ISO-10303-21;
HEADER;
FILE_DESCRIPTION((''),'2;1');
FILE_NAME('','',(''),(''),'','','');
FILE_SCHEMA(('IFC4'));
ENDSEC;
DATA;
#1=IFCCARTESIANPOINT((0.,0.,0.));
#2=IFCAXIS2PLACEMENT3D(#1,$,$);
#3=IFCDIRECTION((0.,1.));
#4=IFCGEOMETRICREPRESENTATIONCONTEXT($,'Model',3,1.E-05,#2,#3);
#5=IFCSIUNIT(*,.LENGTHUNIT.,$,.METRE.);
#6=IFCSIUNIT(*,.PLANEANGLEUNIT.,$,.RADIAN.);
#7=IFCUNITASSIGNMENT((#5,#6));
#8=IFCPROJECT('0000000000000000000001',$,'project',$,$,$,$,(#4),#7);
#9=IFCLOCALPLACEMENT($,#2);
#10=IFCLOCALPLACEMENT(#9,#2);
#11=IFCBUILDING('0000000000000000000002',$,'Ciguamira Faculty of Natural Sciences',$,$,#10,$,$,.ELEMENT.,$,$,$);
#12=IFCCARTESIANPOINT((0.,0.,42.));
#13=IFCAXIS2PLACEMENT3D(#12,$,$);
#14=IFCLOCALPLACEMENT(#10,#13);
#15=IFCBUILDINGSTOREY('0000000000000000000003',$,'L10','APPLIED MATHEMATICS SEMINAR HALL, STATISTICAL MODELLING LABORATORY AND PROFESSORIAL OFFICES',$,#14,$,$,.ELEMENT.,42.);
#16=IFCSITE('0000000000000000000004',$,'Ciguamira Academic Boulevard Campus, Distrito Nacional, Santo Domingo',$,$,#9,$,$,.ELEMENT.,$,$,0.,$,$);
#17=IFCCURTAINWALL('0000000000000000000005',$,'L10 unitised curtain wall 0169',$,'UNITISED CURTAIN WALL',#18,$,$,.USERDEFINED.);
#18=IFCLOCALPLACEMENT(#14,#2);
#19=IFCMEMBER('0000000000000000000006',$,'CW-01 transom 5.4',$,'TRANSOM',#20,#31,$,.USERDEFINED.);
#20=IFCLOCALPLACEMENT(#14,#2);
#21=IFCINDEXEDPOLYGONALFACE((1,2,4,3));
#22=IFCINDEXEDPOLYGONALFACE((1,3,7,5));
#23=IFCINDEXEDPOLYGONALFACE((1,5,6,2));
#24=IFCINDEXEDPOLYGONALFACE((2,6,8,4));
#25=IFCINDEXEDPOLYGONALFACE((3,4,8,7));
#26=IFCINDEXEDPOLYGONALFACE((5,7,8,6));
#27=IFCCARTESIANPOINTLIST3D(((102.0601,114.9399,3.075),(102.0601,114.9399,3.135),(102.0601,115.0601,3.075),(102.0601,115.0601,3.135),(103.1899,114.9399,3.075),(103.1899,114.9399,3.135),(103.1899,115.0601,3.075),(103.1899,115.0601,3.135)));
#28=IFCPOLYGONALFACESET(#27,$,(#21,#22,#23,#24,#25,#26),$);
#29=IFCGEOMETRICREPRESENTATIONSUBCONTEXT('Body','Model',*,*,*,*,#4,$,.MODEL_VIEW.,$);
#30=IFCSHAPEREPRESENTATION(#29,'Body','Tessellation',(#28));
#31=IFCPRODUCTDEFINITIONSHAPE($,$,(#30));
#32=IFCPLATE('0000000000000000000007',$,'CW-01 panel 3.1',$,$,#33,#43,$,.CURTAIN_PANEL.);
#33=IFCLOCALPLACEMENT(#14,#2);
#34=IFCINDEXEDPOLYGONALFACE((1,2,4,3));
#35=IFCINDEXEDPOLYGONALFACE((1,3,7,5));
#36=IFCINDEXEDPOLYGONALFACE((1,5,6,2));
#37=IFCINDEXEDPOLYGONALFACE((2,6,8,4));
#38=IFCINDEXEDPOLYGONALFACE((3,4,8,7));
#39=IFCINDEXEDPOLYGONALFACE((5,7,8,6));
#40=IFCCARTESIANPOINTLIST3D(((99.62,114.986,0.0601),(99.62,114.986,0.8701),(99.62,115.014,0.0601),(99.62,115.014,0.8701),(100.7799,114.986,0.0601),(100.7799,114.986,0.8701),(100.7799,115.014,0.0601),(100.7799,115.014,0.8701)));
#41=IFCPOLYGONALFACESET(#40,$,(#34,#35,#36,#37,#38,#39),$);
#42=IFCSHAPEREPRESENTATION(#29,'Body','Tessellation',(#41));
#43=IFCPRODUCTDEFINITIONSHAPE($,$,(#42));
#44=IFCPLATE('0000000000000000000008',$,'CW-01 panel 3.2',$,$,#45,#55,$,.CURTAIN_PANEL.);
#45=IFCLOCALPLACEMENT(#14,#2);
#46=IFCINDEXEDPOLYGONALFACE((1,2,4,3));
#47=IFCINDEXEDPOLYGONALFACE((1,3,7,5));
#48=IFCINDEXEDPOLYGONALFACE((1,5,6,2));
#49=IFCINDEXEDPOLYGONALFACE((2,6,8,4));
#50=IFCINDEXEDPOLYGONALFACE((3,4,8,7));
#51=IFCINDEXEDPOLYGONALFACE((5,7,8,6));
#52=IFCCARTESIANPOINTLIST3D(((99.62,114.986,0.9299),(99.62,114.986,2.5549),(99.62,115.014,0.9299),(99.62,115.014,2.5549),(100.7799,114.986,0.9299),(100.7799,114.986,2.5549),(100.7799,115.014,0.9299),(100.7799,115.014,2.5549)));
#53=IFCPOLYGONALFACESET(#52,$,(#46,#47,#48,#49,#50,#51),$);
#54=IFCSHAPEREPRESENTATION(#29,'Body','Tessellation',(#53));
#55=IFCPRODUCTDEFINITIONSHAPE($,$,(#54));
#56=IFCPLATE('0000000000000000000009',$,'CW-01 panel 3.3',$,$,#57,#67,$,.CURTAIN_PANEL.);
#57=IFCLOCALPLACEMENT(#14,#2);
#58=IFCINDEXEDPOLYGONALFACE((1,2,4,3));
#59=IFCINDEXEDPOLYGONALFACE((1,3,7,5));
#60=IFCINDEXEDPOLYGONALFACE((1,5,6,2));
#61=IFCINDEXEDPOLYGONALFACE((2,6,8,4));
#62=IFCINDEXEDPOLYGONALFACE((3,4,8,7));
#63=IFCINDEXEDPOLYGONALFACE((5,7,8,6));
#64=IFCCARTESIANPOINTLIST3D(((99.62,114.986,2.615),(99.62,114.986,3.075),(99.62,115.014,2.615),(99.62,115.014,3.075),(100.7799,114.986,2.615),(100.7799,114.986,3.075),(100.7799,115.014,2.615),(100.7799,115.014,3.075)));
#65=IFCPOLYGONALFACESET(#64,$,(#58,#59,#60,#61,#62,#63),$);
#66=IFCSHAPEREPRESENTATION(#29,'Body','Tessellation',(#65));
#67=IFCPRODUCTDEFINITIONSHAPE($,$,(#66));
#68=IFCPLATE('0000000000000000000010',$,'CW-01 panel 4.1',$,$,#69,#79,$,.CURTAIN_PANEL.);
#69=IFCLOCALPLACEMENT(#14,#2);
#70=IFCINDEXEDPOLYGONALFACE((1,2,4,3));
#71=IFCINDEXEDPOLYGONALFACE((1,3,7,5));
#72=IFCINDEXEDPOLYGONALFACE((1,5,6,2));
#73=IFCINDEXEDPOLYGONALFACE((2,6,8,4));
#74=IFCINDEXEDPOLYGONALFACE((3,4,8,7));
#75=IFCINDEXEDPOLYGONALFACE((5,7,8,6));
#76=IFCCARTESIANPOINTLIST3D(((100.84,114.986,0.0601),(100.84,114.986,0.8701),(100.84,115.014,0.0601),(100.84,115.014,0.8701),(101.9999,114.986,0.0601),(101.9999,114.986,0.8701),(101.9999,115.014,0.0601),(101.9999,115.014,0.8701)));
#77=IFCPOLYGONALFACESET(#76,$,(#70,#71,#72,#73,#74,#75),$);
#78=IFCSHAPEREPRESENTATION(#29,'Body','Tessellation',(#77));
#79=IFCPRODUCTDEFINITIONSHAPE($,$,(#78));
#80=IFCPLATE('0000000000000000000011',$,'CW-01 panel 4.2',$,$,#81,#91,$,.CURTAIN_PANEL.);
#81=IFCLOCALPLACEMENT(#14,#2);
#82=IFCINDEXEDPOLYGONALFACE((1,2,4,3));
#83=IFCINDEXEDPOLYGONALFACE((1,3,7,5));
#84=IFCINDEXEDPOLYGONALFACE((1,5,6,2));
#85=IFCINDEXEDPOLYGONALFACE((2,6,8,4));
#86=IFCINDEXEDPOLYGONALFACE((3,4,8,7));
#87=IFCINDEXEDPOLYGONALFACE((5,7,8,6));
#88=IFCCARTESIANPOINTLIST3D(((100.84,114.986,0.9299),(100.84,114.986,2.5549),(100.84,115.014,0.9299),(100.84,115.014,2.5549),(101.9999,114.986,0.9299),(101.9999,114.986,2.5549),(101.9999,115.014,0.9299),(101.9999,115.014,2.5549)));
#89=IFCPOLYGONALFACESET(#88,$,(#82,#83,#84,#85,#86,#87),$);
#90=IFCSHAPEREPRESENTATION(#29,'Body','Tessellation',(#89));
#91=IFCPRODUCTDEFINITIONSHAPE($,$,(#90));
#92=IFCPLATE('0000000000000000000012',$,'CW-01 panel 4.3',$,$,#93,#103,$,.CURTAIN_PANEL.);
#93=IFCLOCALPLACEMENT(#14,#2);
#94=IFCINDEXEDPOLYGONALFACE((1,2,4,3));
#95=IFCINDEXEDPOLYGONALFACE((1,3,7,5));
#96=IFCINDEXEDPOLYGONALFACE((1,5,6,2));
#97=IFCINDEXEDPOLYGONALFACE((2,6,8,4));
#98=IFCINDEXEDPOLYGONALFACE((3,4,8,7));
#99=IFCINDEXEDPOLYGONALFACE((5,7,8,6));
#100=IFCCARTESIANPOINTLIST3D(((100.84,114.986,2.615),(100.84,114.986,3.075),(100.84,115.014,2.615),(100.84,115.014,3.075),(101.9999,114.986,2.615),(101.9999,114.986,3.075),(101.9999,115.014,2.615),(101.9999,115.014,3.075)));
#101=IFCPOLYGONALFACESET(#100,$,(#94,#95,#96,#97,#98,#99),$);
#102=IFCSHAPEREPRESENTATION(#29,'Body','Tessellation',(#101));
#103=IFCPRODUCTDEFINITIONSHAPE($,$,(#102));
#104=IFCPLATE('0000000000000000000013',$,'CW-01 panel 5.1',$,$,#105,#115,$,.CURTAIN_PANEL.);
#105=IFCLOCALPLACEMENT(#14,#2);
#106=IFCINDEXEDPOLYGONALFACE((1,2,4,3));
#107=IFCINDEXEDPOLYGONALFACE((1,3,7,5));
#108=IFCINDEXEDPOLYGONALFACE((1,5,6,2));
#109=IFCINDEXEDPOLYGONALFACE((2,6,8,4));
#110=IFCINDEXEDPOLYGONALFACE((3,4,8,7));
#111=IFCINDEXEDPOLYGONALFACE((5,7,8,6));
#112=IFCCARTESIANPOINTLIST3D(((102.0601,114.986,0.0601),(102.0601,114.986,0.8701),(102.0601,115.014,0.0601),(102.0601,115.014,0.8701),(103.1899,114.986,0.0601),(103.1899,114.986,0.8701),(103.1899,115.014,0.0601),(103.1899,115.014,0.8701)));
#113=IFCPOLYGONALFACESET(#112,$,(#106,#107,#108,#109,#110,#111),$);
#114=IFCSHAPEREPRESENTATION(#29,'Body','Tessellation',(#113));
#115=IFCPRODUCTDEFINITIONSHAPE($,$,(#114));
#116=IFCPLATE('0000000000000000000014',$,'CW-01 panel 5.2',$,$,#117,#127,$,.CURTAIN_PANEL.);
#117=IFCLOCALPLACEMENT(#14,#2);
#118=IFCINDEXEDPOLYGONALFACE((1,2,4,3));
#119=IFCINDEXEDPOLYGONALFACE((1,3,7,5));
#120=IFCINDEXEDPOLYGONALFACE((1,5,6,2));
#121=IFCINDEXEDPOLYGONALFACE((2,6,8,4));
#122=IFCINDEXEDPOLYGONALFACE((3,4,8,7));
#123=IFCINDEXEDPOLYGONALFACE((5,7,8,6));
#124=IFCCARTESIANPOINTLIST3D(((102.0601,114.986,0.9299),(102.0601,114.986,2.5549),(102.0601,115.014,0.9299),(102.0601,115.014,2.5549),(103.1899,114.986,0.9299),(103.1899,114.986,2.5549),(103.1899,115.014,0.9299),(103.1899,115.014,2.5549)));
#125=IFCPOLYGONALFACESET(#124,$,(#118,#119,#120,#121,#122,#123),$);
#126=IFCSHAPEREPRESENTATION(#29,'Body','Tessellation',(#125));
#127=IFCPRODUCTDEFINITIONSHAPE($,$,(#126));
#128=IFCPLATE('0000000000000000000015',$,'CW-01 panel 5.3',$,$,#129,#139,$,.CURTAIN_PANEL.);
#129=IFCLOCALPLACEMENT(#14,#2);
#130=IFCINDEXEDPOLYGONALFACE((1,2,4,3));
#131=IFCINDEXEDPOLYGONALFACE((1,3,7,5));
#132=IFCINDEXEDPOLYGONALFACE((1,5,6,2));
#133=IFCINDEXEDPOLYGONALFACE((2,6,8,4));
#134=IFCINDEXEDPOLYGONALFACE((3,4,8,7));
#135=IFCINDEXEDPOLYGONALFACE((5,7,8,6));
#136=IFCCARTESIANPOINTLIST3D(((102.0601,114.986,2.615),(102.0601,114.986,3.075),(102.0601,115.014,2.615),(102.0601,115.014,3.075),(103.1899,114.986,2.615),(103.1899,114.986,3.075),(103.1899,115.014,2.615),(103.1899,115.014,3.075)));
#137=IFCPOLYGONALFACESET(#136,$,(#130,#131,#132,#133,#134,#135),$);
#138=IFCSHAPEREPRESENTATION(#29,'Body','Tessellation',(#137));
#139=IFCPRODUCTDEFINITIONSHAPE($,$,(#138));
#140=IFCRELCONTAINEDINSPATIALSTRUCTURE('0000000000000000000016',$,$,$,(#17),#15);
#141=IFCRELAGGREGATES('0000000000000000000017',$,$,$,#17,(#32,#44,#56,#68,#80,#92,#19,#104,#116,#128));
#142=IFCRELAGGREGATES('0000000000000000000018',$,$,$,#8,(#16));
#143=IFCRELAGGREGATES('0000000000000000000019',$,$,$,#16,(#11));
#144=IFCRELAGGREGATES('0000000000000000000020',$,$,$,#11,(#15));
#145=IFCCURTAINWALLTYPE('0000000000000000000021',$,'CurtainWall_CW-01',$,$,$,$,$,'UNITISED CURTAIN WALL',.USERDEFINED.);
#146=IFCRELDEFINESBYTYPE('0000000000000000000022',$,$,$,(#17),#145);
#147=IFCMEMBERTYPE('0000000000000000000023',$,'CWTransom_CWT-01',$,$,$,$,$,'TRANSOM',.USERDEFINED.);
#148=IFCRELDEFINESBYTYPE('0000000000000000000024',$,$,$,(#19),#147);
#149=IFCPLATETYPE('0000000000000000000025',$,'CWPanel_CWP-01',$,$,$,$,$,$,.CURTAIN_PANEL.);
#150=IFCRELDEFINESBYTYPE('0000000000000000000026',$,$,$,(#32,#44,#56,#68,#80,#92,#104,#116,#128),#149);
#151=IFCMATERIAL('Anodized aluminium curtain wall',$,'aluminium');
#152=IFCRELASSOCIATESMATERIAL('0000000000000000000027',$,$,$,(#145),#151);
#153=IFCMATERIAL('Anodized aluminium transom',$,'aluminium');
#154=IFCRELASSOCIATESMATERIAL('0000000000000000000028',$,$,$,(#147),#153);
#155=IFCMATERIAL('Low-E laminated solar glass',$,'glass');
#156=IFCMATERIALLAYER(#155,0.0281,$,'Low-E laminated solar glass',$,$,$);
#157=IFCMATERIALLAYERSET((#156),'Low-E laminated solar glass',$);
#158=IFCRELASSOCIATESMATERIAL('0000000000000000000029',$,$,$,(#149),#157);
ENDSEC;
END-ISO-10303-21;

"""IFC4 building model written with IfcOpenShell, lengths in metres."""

from ifc_helpers import new_model, si_unit, direction, frame, origin, origin_2d, place, context, subcontext, project, spatial, rectangle, extrude, material, layer, layer_set, material_profile, profile_set, type_object, element, aggregate, save


model = new_model("IFC4")

# Units and contexts
model_context = context("Model", 3, precision=1e-05, world=origin(), true_north=direction((0.0, 1.0)))
body_context = subcontext(model_context, "Body", "Model", "MODEL_VIEW")
ifc_project = project(units=[si_unit("LENGTHUNIT", "METRE"), si_unit("PLANEANGLEUNIT", "RADIAN")], contexts=[model_context])

# Site, building, storey
site_placement = place(None, origin())
site = spatial("IfcSite", under=ifc_project, at=site_placement, Name="Ciguamira Academic Boulevard Campus, Distrito Nacional, Santo Domingo", CompositionType="ELEMENT", RefElevation=0.0)
building_placement = place(site_placement, origin())
building = spatial("IfcBuilding", under=site, at=building_placement, Name="Ciguamira Faculty of Natural Sciences", CompositionType="ELEMENT")
storey_placement = place(building_placement, frame((0.0, 0.0, 42.0)))
storey = spatial("IfcBuildingStorey", under=building, at=storey_placement, Name="L10", Description="APPLIED MATHEMATICS SEMINAR HALL, STATISTICAL MODELLING LABORATORY AND PROFESSORIAL OFFICES", CompositionType="ELEMENT", Elevation=42.0)

# Curtain wall, member, plates
ifc_material_1 = material(Name="Anodized aluminium curtain wall", Category="aluminium")
curtain_wall_type = type_object("IfcCurtainWallType", Name="CurtainWall_CW-01", ElementType="UNITISED CURTAIN WALL", PredefinedType="USERDEFINED", material=ifc_material_1)
curtain_wall_placement = place(storey_placement, origin())
curtain_wall = element("IfcCurtainWall", 1, at=curtain_wall_placement, inside=storey, type_object=curtain_wall_type, Name="L10 unitised curtain wall 0169", ObjectType="UNITISED CURTAIN WALL", PredefinedType="USERDEFINED")
ifc_material_2 = material(Name="Anodized aluminium transom", Category="aluminium")
ifc_material_profile_1 = material_profile(ifc_material_2, rectangle(XDim=0.0601, YDim=0.1201, at=origin_2d()), Name="ALU-TRN-60X120")
ifc_profile_set_1 = profile_set([ifc_material_profile_1], Name="Anodized aluminium transom")
member_type_1 = type_object("IfcMemberType", Name="CWTransom_CWT-01", ElementType="TRANSOM", PredefinedType="USERDEFINED", material=ifc_profile_set_1)
member_1_placement = place(storey_placement, frame((102.0601, 115.0, 3.105), z_axis=(1.0, 0.0, 0.0), x_axis=(0.0, 0.0, 1.0)))
member_1 = element("IfcMember", 2, at=member_1_placement, type_object=member_type_1, Name="CW-01 transom 5.4", ObjectType="TRANSOM", PredefinedType="USERDEFINED", context=body_context, shape_type="SweptSolid", body=[
    extrude(rectangle(XDim=0.0601, YDim=0.1201, at=origin_2d()), origin(), (0.0, 0.0, 1.0), 1.1299),
])
ifc_material_3 = material(Name="Low-E laminated solar glass", Category="glass")
ifc_layer = layer(ifc_material_3, 0.0281, Name="Low-E laminated solar glass")
ifc_layer_set = layer_set([ifc_layer], Name="Low-E laminated solar glass")
plate_type = type_object("IfcPlateType", Name="CWPanel_CWP-01", PredefinedType="CURTAIN_PANEL", material=ifc_layer_set)
plate_1_placement = place(storey_placement, frame((100.2, 115.0, 0.0601), z_axis=(0.0, 0.0, 1.0), x_axis=(1.0, 0.0, 0.0)))
plate_1 = element("IfcPlate", 3, at=plate_1_placement, type_object=plate_type, Name="CW-01 panel 3.1", PredefinedType="CURTAIN_PANEL", context=body_context, shape_type="SweptSolid", body=[
    extrude(rectangle(XDim=1.1599, YDim=0.0281, at=origin_2d()), origin(), (0.0, 0.0, 1.0), 0.8101),
])
plate_2_placement = place(storey_placement, frame((100.2, 115.0, 0.9299), z_axis=(0.0, 0.0, 1.0), x_axis=(1.0, 0.0, 0.0)))
plate_2 = element("IfcPlate", 4, at=plate_2_placement, type_object=plate_type, Name="CW-01 panel 3.2", PredefinedType="CURTAIN_PANEL", context=body_context, shape_type="SweptSolid", body=[
    extrude(rectangle(XDim=1.1599, YDim=0.0281, at=origin_2d()), origin(), (0.0, 0.0, 1.0), 1.625),
])
plate_3_placement = place(storey_placement, frame((100.2, 115.0, 2.615), z_axis=(0.0, 0.0, 1.0), x_axis=(1.0, 0.0, 0.0)))
plate_3 = element("IfcPlate", 5, at=plate_3_placement, type_object=plate_type, Name="CW-01 panel 3.3", PredefinedType="CURTAIN_PANEL", context=body_context, shape_type="SweptSolid", body=[
    extrude(rectangle(XDim=1.1599, YDim=0.0281, at=origin_2d()), origin(), (0.0, 0.0, 1.0), 0.46),
])
plate_4_placement = place(storey_placement, frame((101.4199, 115.0, 0.0601), z_axis=(0.0, 0.0, 1.0), x_axis=(1.0, 0.0, 0.0)))
plate_4 = element("IfcPlate", 6, at=plate_4_placement, type_object=plate_type, Name="CW-01 panel 4.1", PredefinedType="CURTAIN_PANEL", context=body_context, shape_type="SweptSolid", body=[
    extrude(rectangle(XDim=1.1599, YDim=0.0281, at=origin_2d()), origin(), (0.0, 0.0, 1.0), 0.8101),
])
plate_5_placement = place(storey_placement, frame((101.4199, 115.0, 0.9299), z_axis=(0.0, 0.0, 1.0), x_axis=(1.0, 0.0, 0.0)))
plate_5 = element("IfcPlate", 7, at=plate_5_placement, type_object=plate_type, Name="CW-01 panel 4.2", PredefinedType="CURTAIN_PANEL", context=body_context, shape_type="SweptSolid", body=[
    extrude(rectangle(XDim=1.1599, YDim=0.0281, at=origin_2d()), origin(), (0.0, 0.0, 1.0), 1.625),
])
plate_6_placement = place(storey_placement, frame((101.4199, 115.0, 2.615), z_axis=(0.0, 0.0, 1.0), x_axis=(1.0, 0.0, 0.0)))
plate_6 = element("IfcPlate", 8, at=plate_6_placement, type_object=plate_type, Name="CW-01 panel 4.3", PredefinedType="CURTAIN_PANEL", context=body_context, shape_type="SweptSolid", body=[
    extrude(rectangle(XDim=1.1599, YDim=0.0281, at=origin_2d()), origin(), (0.0, 0.0, 1.0), 0.46),
])
plate_7_placement = place(storey_placement, frame((102.625, 115.0, 0.0601), z_axis=(0.0, 0.0, 1.0), x_axis=(1.0, 0.0, 0.0)))
plate_7 = element("IfcPlate", 9, at=plate_7_placement, type_object=plate_type, Name="CW-01 panel 5.1", PredefinedType="CURTAIN_PANEL", context=body_context, shape_type="SweptSolid", body=[
    extrude(rectangle(XDim=1.1299, YDim=0.0281, at=origin_2d()), origin(), (0.0, 0.0, 1.0), 0.8101),
])
plate_8_placement = place(storey_placement, frame((102.625, 115.0, 0.9299), z_axis=(0.0, 0.0, 1.0), x_axis=(1.0, 0.0, 0.0)))
plate_8 = element("IfcPlate", 10, at=plate_8_placement, type_object=plate_type, Name="CW-01 panel 5.2", PredefinedType="CURTAIN_PANEL", context=body_context, shape_type="SweptSolid", body=[
    extrude(rectangle(XDim=1.1299, YDim=0.0281, at=origin_2d()), origin(), (0.0, 0.0, 1.0), 1.625),
])
plate_9_placement = place(storey_placement, frame((102.625, 115.0, 2.615), z_axis=(0.0, 0.0, 1.0), x_axis=(1.0, 0.0, 0.0)))
plate_9 = element("IfcPlate", 11, at=plate_9_placement, type_object=plate_type, Name="CW-01 panel 5.3", PredefinedType="CURTAIN_PANEL", context=body_context, shape_type="SweptSolid", body=[
    extrude(rectangle(XDim=1.1299, YDim=0.0281, at=origin_2d()), origin(), (0.0, 0.0, 1.0), 0.46),
])
aggregate(curtain_wall, [plate_1, plate_2, plate_3, plate_4, plate_5, plate_6, member_1, plate_7, plate_8, plate_9])

save(model, "model.ifc")
